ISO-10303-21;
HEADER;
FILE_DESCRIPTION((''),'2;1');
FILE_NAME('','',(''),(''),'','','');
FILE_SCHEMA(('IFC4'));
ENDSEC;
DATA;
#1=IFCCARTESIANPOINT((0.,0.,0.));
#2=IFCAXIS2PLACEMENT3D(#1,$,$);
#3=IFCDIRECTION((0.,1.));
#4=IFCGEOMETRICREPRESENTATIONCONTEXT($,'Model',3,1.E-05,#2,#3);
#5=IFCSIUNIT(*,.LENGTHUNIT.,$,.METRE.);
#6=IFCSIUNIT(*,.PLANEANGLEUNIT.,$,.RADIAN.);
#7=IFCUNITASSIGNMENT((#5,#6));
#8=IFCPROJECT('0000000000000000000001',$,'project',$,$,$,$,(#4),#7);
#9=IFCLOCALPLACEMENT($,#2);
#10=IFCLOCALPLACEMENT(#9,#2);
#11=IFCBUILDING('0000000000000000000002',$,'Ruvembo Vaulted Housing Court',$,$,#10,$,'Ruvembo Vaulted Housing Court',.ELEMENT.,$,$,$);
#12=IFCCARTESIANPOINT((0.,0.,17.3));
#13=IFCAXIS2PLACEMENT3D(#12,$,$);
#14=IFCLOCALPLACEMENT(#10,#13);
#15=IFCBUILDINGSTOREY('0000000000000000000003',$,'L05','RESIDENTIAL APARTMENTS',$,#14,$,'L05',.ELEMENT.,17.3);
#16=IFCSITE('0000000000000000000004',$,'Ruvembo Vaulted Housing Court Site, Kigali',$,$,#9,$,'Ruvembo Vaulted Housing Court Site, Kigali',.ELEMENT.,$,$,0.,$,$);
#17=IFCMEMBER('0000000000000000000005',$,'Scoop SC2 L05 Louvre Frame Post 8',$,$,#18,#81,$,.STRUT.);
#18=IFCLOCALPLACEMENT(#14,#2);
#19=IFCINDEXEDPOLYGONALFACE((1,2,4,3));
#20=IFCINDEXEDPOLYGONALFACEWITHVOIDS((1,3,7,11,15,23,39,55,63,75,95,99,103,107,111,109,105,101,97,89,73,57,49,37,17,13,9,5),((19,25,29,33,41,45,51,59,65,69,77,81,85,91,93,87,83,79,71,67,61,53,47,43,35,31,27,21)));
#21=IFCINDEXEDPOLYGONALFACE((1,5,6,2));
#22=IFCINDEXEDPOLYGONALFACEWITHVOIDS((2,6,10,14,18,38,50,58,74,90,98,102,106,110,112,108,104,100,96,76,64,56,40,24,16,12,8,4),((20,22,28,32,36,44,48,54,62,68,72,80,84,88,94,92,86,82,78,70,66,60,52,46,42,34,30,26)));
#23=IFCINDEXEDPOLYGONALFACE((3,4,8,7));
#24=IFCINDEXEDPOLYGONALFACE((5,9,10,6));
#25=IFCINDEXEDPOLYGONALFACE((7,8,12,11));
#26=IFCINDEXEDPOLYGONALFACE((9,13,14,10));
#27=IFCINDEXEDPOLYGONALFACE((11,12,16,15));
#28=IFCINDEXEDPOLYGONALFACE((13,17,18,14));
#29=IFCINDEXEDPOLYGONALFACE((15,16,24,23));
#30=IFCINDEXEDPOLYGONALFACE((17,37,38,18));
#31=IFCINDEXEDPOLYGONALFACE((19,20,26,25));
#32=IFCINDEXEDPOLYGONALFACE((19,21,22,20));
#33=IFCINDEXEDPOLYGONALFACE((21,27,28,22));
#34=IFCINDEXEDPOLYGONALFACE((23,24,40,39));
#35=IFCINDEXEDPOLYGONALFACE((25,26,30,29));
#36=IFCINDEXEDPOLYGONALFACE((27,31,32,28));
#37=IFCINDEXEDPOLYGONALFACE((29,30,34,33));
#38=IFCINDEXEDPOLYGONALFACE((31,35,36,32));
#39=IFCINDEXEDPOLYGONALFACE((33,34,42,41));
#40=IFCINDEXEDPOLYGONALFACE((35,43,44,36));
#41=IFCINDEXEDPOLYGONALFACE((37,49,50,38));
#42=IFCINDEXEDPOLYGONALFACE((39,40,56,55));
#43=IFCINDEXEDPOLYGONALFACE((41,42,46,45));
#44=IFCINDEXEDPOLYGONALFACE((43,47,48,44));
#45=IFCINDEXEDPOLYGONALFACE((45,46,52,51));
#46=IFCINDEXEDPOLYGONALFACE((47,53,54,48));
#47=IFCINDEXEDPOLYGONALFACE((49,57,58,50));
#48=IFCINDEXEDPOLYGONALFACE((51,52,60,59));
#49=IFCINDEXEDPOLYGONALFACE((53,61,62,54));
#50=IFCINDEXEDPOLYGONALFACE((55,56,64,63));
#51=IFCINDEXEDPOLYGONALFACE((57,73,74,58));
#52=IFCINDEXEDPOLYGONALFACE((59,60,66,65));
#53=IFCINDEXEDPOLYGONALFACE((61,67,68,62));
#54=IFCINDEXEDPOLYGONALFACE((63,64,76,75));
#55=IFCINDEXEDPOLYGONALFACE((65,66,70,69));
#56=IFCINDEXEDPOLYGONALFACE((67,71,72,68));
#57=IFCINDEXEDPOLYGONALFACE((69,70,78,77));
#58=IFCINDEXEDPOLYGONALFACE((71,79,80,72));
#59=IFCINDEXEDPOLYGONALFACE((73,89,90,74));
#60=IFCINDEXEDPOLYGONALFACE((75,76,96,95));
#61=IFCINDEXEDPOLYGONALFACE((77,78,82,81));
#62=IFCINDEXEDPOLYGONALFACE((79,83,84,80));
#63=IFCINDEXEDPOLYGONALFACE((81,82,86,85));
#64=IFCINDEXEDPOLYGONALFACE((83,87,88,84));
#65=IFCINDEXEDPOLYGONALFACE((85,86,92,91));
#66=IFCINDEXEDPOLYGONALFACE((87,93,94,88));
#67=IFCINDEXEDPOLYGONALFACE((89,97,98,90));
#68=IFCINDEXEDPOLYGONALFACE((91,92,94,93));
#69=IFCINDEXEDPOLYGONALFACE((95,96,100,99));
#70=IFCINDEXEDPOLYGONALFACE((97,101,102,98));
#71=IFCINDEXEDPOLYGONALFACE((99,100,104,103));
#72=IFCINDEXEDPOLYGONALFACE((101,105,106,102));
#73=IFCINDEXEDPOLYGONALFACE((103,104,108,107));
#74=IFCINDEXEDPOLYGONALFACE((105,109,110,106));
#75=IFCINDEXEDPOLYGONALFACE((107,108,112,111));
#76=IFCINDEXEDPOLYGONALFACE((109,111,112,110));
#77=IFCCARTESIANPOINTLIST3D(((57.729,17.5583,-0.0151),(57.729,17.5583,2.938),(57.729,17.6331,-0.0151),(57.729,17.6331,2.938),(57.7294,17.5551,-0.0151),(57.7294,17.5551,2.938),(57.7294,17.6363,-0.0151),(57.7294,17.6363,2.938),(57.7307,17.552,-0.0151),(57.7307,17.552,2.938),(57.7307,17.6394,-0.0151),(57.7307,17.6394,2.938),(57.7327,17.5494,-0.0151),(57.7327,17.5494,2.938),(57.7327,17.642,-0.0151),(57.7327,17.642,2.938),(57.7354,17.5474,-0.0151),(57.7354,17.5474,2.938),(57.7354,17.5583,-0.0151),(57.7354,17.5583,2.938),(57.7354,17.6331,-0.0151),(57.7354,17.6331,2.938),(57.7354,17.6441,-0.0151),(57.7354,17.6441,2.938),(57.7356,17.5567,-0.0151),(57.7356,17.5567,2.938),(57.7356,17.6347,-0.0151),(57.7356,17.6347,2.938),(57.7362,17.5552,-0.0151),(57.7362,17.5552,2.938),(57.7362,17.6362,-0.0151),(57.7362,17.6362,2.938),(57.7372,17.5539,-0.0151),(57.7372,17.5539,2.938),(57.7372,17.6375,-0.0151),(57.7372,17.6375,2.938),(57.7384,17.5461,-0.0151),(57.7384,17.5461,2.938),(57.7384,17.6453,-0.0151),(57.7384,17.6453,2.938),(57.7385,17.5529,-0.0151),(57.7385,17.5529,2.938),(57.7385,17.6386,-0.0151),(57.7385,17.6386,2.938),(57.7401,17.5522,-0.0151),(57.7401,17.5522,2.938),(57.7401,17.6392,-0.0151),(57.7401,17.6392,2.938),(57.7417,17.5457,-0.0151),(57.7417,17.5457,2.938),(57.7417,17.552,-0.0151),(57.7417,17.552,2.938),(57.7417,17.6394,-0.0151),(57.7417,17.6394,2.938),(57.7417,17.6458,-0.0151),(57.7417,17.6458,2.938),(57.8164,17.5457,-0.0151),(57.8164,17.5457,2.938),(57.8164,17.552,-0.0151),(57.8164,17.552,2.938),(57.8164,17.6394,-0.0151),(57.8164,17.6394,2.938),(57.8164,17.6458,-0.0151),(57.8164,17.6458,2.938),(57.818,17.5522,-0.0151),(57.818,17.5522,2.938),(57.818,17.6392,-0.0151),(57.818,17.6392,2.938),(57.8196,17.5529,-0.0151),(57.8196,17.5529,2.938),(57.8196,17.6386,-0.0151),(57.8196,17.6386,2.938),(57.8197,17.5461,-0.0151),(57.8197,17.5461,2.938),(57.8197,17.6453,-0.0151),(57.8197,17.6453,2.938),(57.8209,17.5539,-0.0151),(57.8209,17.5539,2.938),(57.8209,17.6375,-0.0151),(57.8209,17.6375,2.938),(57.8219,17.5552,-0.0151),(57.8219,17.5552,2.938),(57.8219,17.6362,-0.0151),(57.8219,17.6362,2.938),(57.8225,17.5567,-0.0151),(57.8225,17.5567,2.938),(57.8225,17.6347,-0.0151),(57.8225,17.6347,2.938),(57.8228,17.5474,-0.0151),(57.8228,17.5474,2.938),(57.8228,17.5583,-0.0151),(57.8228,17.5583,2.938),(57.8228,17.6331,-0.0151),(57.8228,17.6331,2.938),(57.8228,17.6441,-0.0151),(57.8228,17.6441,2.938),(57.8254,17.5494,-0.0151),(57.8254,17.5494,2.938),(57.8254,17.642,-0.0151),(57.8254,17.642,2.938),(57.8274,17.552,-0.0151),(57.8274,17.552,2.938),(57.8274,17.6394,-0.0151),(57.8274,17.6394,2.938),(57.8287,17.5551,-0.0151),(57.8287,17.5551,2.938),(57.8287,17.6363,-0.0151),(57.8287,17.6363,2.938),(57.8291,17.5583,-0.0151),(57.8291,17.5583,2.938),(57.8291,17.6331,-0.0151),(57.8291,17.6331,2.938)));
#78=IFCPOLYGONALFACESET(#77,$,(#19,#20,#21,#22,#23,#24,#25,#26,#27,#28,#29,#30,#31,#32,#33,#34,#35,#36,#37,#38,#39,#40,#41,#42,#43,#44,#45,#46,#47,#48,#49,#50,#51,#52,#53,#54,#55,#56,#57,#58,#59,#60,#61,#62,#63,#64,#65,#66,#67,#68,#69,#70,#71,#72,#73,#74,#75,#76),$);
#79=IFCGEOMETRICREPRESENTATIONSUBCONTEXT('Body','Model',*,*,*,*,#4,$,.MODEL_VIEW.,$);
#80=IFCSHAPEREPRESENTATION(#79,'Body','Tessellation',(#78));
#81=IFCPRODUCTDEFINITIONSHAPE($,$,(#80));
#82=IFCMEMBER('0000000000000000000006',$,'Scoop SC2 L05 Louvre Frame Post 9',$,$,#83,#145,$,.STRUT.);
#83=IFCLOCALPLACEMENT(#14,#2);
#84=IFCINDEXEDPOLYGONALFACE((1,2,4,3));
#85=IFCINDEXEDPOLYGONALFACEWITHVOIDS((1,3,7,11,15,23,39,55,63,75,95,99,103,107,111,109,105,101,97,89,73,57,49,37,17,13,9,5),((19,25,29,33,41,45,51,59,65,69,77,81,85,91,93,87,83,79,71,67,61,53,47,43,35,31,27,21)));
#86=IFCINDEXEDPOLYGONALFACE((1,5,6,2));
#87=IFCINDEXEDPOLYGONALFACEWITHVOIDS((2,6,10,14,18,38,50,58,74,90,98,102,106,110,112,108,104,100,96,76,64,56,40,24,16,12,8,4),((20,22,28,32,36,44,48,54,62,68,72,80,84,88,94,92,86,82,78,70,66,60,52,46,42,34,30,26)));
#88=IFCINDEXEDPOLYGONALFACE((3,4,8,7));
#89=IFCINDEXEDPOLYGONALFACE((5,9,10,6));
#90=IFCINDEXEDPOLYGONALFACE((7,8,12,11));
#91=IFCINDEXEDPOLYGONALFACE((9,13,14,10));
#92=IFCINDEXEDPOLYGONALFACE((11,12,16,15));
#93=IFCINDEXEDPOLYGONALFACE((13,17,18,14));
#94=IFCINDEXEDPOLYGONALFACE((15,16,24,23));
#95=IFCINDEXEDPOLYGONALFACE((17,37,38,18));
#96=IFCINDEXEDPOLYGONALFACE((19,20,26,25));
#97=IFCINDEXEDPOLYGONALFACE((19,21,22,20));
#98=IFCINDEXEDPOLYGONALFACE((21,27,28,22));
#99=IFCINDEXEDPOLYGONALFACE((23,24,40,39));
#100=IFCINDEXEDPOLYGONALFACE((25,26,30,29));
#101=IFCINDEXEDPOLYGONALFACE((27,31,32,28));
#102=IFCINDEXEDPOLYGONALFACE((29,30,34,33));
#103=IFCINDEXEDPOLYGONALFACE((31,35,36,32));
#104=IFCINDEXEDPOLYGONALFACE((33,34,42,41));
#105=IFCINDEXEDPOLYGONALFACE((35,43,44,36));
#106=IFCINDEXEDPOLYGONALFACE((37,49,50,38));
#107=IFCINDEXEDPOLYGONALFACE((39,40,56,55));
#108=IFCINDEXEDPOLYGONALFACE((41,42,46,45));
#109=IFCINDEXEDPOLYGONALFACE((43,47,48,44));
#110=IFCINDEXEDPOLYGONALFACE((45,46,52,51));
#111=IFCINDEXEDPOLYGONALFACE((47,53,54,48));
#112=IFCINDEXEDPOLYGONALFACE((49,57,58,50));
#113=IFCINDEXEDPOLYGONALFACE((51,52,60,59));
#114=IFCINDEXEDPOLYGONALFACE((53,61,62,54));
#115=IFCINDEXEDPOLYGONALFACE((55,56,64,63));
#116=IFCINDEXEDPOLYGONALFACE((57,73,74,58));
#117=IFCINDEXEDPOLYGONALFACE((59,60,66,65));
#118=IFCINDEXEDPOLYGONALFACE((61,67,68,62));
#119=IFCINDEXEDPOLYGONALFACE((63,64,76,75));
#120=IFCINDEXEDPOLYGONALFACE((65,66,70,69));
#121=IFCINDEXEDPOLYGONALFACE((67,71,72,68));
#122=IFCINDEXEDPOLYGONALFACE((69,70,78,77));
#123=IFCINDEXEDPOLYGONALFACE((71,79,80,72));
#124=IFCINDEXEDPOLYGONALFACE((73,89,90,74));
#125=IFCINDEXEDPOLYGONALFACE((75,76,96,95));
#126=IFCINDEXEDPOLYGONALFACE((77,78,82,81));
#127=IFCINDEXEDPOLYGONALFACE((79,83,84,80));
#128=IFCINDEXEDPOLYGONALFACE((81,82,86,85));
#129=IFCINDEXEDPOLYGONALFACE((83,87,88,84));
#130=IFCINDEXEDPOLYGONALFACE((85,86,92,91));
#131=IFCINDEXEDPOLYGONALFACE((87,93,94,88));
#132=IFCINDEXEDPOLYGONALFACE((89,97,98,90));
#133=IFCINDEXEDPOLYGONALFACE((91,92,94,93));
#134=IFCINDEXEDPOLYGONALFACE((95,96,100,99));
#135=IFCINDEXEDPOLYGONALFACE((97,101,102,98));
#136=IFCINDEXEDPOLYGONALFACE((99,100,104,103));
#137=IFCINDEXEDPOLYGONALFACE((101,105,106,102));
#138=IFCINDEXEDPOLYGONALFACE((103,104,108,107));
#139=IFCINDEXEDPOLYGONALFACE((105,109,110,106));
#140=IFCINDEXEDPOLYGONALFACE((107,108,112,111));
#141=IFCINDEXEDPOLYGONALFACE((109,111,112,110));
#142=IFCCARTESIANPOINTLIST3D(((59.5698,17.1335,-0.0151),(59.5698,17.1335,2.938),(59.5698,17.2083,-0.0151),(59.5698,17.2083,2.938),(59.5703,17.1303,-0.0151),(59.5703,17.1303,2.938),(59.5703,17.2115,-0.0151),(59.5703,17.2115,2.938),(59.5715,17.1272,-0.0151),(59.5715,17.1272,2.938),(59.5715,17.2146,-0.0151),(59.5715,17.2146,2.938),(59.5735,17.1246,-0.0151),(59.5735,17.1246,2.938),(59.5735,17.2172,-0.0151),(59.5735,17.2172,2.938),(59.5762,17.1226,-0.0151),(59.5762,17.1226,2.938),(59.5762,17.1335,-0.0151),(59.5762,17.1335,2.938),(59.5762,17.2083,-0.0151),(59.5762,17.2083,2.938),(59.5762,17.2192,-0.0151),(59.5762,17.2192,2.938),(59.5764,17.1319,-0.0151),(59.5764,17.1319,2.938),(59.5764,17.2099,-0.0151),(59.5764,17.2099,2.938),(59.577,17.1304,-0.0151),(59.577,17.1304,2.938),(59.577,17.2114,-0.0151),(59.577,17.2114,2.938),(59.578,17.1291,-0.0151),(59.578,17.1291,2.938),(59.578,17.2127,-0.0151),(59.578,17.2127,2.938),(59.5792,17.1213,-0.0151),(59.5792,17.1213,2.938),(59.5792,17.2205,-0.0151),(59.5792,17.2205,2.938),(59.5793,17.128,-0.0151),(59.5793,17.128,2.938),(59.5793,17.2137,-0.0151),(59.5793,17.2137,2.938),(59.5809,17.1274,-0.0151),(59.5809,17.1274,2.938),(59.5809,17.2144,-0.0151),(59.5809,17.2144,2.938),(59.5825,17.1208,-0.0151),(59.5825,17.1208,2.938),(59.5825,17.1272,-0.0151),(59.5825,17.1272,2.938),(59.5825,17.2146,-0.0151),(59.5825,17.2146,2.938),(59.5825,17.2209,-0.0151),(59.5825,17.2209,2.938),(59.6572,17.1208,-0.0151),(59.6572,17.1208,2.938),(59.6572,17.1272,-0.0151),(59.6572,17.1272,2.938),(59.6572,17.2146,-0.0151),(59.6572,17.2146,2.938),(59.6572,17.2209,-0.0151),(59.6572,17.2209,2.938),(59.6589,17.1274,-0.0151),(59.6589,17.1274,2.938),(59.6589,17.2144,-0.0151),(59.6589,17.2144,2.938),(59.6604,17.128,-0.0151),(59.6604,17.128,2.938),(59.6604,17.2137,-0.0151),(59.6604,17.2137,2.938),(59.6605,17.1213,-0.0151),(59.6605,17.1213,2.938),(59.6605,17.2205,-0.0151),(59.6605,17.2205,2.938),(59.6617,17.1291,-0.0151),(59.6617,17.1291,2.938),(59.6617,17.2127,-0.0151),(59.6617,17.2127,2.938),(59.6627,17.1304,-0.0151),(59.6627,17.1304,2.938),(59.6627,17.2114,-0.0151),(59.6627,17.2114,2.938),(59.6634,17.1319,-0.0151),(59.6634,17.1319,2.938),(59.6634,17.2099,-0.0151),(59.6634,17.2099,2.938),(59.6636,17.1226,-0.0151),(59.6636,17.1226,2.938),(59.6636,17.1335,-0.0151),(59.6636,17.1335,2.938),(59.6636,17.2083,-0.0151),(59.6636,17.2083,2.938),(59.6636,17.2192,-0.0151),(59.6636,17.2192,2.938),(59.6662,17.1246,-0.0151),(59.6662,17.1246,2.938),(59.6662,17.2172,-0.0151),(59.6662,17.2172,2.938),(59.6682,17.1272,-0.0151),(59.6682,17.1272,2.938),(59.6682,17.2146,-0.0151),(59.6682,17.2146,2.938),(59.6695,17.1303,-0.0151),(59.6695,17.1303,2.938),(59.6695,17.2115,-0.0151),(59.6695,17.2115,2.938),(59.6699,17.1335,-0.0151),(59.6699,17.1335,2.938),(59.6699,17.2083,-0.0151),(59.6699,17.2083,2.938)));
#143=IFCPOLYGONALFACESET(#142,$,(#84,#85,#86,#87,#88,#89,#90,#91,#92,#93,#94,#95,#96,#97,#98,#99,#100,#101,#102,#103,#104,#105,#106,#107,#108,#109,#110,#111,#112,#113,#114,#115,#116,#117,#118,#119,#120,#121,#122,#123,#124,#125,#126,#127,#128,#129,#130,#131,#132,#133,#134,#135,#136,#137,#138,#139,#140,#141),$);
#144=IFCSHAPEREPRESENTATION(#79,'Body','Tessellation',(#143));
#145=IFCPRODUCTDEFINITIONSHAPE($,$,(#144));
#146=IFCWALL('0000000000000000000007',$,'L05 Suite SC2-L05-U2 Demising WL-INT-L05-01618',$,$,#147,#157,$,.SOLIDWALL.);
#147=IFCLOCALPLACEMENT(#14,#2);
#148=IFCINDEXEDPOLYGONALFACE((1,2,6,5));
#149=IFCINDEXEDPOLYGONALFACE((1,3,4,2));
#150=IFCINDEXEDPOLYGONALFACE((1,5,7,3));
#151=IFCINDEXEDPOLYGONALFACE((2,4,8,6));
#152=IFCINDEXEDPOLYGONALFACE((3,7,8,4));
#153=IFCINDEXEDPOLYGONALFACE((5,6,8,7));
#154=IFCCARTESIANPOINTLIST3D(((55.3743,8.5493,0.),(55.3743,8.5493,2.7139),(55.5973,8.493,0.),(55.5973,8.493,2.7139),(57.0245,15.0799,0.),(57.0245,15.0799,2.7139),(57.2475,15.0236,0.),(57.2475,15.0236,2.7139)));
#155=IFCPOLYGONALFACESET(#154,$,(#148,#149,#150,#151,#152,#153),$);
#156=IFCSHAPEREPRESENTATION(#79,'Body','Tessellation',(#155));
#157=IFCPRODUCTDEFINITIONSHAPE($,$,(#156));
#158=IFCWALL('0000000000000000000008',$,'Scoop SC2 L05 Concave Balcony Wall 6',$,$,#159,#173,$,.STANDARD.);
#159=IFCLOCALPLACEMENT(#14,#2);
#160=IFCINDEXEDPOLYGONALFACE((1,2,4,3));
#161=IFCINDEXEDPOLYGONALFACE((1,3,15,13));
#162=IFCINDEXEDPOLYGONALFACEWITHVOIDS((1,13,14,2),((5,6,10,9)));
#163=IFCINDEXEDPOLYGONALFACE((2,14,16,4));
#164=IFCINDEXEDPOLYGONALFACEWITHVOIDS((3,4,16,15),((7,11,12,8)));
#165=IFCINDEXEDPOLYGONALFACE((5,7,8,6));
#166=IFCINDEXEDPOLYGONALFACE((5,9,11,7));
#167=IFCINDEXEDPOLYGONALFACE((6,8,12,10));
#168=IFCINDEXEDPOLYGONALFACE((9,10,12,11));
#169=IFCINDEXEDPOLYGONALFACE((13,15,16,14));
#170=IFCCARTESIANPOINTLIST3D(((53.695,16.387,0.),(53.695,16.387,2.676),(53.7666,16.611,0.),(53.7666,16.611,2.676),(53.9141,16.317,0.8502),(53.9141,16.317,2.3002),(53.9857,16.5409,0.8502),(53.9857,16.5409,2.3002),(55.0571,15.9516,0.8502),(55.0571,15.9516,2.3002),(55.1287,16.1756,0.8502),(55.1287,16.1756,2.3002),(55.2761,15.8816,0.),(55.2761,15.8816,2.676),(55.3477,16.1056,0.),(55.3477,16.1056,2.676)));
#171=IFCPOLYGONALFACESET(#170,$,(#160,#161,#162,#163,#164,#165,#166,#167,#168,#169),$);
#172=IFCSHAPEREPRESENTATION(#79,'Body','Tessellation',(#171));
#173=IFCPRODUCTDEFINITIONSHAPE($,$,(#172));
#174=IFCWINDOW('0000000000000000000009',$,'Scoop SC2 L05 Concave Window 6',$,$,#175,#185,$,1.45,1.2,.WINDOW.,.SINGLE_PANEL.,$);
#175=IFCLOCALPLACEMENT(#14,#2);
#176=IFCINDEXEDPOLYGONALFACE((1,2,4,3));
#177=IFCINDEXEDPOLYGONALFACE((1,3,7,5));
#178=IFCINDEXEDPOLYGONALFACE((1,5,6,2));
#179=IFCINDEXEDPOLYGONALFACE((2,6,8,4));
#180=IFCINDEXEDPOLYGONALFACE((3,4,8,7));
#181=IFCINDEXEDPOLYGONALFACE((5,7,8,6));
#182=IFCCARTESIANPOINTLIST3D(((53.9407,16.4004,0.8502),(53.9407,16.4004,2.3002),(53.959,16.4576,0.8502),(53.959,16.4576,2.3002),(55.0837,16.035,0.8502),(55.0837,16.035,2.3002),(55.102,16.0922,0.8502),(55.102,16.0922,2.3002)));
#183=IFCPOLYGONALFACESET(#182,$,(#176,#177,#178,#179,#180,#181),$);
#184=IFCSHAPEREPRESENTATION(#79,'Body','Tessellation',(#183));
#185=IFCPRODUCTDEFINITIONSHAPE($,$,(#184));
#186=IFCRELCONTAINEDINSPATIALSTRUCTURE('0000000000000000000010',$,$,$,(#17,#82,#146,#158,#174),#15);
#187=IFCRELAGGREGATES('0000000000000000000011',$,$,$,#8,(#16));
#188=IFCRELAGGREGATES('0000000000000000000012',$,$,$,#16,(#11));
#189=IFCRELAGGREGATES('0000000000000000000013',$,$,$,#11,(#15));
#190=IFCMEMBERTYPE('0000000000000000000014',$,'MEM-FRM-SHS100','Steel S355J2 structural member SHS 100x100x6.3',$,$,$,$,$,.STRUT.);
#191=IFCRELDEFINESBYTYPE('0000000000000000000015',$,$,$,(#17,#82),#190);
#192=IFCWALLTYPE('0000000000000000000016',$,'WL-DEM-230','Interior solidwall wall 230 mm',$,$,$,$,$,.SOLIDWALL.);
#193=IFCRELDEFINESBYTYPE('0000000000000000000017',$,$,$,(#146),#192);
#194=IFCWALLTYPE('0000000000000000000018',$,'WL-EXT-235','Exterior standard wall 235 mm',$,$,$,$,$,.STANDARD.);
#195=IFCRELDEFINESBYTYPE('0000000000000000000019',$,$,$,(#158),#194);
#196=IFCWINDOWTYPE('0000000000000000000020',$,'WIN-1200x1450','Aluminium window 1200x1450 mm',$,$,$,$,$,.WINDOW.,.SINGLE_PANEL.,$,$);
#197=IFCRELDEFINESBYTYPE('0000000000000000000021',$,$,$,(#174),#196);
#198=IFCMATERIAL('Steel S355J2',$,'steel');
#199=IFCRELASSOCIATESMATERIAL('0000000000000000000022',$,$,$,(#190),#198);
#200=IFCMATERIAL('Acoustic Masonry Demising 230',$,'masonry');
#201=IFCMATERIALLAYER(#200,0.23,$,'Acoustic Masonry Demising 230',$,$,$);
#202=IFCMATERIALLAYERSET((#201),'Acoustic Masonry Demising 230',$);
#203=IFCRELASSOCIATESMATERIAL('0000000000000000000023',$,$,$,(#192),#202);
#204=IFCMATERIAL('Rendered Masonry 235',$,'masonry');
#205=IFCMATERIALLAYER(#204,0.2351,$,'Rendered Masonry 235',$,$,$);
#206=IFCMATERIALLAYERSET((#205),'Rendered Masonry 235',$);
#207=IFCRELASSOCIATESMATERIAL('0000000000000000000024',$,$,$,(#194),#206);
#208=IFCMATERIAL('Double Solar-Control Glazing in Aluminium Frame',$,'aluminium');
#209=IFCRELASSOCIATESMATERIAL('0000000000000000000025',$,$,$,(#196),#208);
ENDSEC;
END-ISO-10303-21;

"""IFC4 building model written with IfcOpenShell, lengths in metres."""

from ifc_helpers import new_model, si_unit, direction, frame, frame_2d, origin, origin_2d, place, context, subcontext, project, spatial, rectangle, hollow_rectangle, extrude, material, layer, layer_set, material_profile, profile_set, type_object, element, fill, save


model = new_model("IFC4")

# Units and contexts
model_context = context("Model", 3, precision=1e-05, world=origin(), true_north=direction((0.0, 1.0)))
body_context = subcontext(model_context, "Body", "Model", "MODEL_VIEW")
ifc_project = project(units=[si_unit("LENGTHUNIT", "METRE"), si_unit("PLANEANGLEUNIT", "RADIAN")], contexts=[model_context])

# Site, building, storey
site_placement = place(None, origin())
site = spatial("IfcSite", under=ifc_project, at=site_placement, Name="Ruvembo Vaulted Housing Court Site, Kigali", LongName="Ruvembo Vaulted Housing Court Site, Kigali", CompositionType="ELEMENT", RefElevation=0.0)
building_placement = place(site_placement, origin())
building = spatial("IfcBuilding", under=site, at=building_placement, Name="Ruvembo Vaulted Housing Court", LongName="Ruvembo Vaulted Housing Court", CompositionType="ELEMENT")
storey_placement = place(building_placement, frame((0.0, 0.0, 17.3)))
storey = spatial("IfcBuildingStorey", under=building, at=storey_placement, Name="L05", Description="RESIDENTIAL APARTMENTS", LongName="L05", CompositionType="ELEMENT", Elevation=17.3)

# Shared definitions
ifc_material_1 = material(Name="Steel S355J2", Category="steel")

# Members
ifc_material_profile_1 = material_profile(ifc_material_1, hollow_rectangle(XDim=0.1001, YDim=0.1001, WallThickness=0.0063, InnerFilletRadius=0.0063, OuterFilletRadius=0.0127, at=origin_2d()), Name="SHS 100x100x6.3")
ifc_profile_set_1 = profile_set([ifc_material_profile_1], Name="Steel S355J2")
member_type_1 = type_object("IfcMemberType", Name="MEM-FRM-SHS100", Description="Steel S355J2 structural member SHS 100x100x6.3", PredefinedType="STRUT", material=ifc_profile_set_1)
for number, where, z_axis, x_axis, name in (
    (1, (57.7791, 17.5957, -0.0151), (0.0, 0.0, 1.0), (1.0, 0.0, 0.0), "Scoop SC2 L05 Louvre Frame Post 8"),
    (2, (59.6199, 17.1709, -0.0151), (0.0, 0.0, 1.0), (1.0, 0.0, 0.0), "Scoop SC2 L05 Louvre Frame Post 9"),
):
    element("IfcMember", number, at=place(storey_placement, frame(where, z_axis=z_axis, x_axis=x_axis)), inside=storey, type_object=member_type_1, Name=name, PredefinedType="STRUT", context=body_context, shape_type="SweptSolid", body=[
        extrude(hollow_rectangle(XDim=0.1001, YDim=0.1001, WallThickness=0.0063, InnerFilletRadius=0.0063, OuterFilletRadius=0.0127, at=origin_2d()), origin(), (0.0, 0.0, 1.0), 2.9531),
    ])

# Wall
ifc_material_2 = material(Name="Acoustic Masonry Demising 230", Category="masonry")
ifc_layer_1 = layer(ifc_material_2, 0.23, Name="Acoustic Masonry Demising 230")
ifc_layer_set_1 = layer_set([ifc_layer_1], Name="Acoustic Masonry Demising 230")
wall_type_1 = type_object("IfcWallType", Name="WL-DEM-230", Description="Interior solidwall wall 230 mm", PredefinedType="SOLIDWALL", material=ifc_layer_set_1)
wall_1_placement = place(storey_placement, frame((57.136, 15.0518, 0.0), z_axis=(0.0, 0.0, 1.0), x_axis=(-0.244982, -0.969528, 0.0)))
element("IfcWall", 3, at=wall_1_placement, inside=storey, type_object=wall_type_1, Name="L05 Suite SC2-L05-U2 Demising WL-INT-L05-01618", PredefinedType="SOLIDWALL", context=body_context, shape_type="SweptSolid", body=[
    extrude(rectangle(XDim=6.7358, YDim=0.23, at=frame_2d((3.3679, 0.0))), origin(), (0.0, 0.0, 1.0), 2.7139),
])

# Wall, opening, window
ifc_material_3 = material(Name="Rendered Masonry 235", Category="masonry")
ifc_layer_2 = layer(ifc_material_3, 0.2351, Name="Rendered Masonry 235")
ifc_layer_set_2 = layer_set([ifc_layer_2], Name="Rendered Masonry 235")
wall_type_2 = type_object("IfcWallType", Name="WL-EXT-235", Description="Exterior standard wall 235 mm", PredefinedType="STANDARD", material=ifc_layer_set_2)
wall_2_placement = place(storey_placement, frame((53.7307, 16.499, 0.0), z_axis=(0.0, 0.0, 1.0), x_axis=(0.952523, -0.304466, 0.0)))
wall_2 = element("IfcWall", 4, at=wall_2_placement, inside=storey, type_object=wall_type_2, Name="Scoop SC2 L05 Concave Balcony Wall 6", PredefinedType="STANDARD", context=body_context, shape_type="SweptSolid", body=[
    extrude(rectangle(XDim=1.6599, YDim=0.2351, at=frame_2d((0.8301, 0.0))), origin(), (0.0, 0.0, 1.0), 2.676),
])
opening_1_placement = place(wall_2_placement, frame((0.23, 0.0, 0.8501)))
opening_1 = element("IfcOpeningElement", 5, at=opening_1_placement, cuts=wall_2, PredefinedType="OPENING", context=body_context, shape_type="SweptSolid", body=[
    extrude(rectangle(XDim=1.2, YDim=1.45, at=frame_2d((0.6001, 0.7251))), frame((0.0, 0.1274, 0.0), z_axis=(0.0, -1.0, 0.0), x_axis=(1.0, 0.0, 0.0)), (0.0, 0.0, 1.0), 0.2551),
])
ifc_material_4 = material(Name="Double Solar-Control Glazing in Aluminium Frame", Category="aluminium")
window_type_1 = type_object("IfcWindowType", Name="WIN-1200x1450", Description="Aluminium window 1200x1450 mm", PartitioningType="SINGLE_PANEL", PredefinedType="WINDOW", material=ifc_material_4)
window_1_placement = place(opening_1_placement, origin())
window_1 = element("IfcWindow", 6, at=window_1_placement, inside=storey, type_object=window_type_1, Name="Scoop SC2 L05 Concave Window 6", OverallHeight=1.45, OverallWidth=1.2, PartitioningType="SINGLE_PANEL", PredefinedType="WINDOW", context=body_context, shape_type="SweptSolid", body=[
    extrude(rectangle(XDim=1.2, YDim=1.45, at=frame_2d((0.6001, 0.7251))), frame((0.0, 0.03, 0.0), z_axis=(0.0, -1.0, 0.0), x_axis=(1.0, 0.0, 0.0)), (0.0, 0.0, 1.0), 0.0601),
])
fill(opening_1, window_1)

save(model, "model.ifc")
